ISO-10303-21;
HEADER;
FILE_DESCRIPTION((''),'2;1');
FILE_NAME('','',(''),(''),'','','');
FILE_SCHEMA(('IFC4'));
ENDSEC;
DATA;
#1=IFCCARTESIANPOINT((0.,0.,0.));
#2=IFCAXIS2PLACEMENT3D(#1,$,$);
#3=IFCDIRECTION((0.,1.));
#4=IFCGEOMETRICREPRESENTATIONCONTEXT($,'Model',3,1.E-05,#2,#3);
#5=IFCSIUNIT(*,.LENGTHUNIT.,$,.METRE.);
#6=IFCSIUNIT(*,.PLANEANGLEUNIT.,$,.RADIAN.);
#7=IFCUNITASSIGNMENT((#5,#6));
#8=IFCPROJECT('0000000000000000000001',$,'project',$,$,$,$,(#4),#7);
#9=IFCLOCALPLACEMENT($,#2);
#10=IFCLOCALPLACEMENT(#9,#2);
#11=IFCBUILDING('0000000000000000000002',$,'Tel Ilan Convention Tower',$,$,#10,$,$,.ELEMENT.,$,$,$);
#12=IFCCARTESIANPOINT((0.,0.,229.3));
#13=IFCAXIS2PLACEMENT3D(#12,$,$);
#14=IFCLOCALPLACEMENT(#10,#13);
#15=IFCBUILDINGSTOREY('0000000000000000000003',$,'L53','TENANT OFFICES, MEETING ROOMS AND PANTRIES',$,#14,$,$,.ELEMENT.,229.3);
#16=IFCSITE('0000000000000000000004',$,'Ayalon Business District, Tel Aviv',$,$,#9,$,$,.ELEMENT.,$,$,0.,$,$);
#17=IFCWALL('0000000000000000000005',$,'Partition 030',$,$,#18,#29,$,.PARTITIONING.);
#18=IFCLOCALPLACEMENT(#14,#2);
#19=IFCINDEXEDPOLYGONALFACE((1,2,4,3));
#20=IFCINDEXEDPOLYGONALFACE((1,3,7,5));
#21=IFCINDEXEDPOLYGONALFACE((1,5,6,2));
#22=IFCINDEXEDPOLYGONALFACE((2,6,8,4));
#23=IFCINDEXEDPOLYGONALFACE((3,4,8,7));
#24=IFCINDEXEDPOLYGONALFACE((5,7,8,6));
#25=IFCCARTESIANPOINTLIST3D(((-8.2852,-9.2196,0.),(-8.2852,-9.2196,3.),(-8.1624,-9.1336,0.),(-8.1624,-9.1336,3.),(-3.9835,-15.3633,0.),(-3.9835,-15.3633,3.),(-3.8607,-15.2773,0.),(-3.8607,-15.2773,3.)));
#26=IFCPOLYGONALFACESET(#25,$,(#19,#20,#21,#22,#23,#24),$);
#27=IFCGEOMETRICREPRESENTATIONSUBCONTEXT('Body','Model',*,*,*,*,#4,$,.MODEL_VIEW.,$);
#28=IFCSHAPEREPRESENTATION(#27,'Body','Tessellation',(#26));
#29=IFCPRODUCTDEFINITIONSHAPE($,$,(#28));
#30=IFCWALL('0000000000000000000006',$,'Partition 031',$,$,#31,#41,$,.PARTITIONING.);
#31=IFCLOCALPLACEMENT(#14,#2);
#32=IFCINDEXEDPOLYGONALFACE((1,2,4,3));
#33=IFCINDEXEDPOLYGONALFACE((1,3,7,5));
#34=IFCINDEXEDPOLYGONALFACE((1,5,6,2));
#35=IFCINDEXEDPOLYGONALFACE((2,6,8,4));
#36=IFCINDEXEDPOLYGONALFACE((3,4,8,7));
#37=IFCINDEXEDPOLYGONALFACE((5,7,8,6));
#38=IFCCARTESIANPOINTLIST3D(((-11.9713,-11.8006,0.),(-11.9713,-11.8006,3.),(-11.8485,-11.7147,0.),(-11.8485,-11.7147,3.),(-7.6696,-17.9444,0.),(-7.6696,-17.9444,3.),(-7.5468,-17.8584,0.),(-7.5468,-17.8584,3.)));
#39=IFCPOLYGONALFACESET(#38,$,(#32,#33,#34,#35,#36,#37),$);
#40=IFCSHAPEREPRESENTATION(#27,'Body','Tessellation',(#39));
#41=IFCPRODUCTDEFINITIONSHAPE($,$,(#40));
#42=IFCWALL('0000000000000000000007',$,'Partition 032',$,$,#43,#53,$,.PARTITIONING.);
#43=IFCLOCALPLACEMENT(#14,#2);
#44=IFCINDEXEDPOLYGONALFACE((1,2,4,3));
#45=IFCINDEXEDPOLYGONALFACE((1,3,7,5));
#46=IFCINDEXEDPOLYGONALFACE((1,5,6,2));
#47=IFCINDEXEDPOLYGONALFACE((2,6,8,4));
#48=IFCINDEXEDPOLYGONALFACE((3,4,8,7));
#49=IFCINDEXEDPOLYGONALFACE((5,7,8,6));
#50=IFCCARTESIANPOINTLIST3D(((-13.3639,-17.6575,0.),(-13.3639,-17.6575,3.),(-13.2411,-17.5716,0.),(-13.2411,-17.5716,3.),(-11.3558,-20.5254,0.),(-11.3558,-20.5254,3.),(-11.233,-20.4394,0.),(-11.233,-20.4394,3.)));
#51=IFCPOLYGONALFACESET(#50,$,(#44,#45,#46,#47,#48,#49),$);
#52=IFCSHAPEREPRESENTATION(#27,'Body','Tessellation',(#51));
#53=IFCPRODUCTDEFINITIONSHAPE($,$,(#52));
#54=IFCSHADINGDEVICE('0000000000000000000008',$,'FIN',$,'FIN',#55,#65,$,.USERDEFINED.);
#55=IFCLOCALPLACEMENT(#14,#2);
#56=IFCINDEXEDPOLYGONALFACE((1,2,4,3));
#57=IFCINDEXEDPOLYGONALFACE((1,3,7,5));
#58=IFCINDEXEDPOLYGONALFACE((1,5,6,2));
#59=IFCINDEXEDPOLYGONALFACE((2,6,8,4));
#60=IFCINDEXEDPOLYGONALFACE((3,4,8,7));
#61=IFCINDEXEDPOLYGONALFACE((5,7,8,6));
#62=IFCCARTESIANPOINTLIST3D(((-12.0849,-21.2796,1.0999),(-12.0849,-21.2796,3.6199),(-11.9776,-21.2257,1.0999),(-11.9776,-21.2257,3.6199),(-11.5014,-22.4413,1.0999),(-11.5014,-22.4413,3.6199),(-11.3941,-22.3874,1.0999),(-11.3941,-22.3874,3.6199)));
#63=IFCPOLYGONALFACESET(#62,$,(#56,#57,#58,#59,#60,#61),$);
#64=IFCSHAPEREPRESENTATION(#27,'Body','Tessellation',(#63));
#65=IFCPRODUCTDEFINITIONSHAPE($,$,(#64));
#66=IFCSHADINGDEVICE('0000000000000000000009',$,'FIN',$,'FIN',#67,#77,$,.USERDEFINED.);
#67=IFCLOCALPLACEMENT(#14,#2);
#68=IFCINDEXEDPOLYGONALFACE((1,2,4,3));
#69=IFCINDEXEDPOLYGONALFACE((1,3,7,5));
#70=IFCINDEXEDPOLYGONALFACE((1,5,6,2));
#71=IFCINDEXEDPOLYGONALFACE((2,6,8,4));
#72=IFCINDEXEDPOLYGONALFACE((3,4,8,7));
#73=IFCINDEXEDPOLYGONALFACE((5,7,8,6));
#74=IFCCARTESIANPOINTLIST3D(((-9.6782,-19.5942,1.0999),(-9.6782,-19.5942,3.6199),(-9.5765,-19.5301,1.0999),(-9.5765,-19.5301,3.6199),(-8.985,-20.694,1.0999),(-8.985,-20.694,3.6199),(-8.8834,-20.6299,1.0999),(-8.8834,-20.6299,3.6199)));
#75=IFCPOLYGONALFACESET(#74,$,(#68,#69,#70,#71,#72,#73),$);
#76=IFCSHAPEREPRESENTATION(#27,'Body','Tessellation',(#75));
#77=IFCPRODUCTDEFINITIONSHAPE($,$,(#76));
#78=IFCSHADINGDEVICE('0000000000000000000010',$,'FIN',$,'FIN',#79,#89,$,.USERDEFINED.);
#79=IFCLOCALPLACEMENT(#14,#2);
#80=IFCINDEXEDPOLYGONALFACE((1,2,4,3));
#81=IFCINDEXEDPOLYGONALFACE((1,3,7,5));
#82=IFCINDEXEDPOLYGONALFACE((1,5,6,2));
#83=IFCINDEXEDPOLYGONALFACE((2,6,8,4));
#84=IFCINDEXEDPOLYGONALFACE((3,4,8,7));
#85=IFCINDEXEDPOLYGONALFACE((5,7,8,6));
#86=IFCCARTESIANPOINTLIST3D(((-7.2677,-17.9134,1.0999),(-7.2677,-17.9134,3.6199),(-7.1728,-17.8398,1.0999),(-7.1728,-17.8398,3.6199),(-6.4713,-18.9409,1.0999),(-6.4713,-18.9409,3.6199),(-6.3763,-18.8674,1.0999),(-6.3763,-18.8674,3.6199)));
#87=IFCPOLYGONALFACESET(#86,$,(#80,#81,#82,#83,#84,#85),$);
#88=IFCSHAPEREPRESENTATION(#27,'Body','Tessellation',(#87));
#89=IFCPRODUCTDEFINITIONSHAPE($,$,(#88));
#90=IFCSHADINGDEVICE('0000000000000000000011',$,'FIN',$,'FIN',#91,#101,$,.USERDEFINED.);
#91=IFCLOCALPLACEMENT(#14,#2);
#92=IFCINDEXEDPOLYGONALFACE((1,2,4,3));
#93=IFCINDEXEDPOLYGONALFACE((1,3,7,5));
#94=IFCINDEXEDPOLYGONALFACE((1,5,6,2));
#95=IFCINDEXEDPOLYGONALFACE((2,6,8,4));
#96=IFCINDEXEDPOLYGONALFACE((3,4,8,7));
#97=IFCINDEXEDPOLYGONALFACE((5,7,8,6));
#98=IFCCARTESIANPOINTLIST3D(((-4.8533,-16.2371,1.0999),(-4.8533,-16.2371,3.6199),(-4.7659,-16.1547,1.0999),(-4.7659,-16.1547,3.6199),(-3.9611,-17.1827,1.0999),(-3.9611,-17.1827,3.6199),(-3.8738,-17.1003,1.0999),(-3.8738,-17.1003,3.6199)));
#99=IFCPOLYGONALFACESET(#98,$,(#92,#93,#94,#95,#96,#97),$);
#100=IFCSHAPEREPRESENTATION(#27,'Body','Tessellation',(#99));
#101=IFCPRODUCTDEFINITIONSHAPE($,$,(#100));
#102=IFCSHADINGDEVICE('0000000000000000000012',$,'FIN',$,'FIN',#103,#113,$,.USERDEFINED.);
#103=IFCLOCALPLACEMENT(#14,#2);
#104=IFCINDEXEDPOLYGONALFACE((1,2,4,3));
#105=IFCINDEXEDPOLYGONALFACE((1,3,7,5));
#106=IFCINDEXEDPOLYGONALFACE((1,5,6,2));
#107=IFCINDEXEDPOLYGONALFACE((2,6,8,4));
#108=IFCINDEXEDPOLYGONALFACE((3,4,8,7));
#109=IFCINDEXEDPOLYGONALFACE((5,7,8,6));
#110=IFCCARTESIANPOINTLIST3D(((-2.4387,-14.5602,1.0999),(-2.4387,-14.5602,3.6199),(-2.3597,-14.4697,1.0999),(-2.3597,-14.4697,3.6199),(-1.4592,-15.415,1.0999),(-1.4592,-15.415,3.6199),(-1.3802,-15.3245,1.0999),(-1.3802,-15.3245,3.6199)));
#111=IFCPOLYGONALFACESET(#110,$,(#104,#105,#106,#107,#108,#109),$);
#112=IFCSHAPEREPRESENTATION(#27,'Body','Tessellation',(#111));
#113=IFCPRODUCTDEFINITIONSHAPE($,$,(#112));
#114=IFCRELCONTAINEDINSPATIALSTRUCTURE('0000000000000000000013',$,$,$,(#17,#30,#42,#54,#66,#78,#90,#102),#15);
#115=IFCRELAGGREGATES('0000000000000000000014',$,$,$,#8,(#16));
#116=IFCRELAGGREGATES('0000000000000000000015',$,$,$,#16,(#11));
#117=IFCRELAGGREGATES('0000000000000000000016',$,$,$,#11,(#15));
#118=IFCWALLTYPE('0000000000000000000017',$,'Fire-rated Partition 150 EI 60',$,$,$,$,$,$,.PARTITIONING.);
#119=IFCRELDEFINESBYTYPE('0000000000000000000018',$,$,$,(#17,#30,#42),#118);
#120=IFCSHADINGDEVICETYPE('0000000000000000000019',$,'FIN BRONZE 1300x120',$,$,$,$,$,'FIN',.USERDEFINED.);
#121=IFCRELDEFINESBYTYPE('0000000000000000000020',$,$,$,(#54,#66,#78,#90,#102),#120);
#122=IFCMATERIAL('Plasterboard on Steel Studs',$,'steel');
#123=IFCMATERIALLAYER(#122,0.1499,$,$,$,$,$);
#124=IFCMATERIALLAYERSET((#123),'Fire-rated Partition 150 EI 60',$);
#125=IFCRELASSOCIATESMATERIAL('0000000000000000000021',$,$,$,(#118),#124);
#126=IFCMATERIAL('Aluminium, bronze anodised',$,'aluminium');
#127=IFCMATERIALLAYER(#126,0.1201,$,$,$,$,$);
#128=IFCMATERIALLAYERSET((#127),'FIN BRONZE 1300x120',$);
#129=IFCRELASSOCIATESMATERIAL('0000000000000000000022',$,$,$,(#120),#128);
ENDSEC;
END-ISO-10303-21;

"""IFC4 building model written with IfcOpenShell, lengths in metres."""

from ifc_helpers import new_model, si_unit, direction, frame, frame_2d, origin, origin_2d, place, context, subcontext, project, spatial, rectangle, extrude, material, layer, layer_set, type_object, element, save


model = new_model("IFC4")

# Units and contexts
model_context = context("Model", 3, precision=1e-05, world=origin(), true_north=direction((0.0, 1.0)))
body_context = subcontext(model_context, "Body", "Model", "MODEL_VIEW")
ifc_project = project(units=[si_unit("LENGTHUNIT", "METRE"), si_unit("PLANEANGLEUNIT", "RADIAN")], contexts=[model_context])

# Site, building, storey
site_placement = place(None, origin())
site = spatial("IfcSite", under=ifc_project, at=site_placement, Name="Ayalon Business District, Tel Aviv", CompositionType="ELEMENT", RefElevation=0.0)
building_placement = place(site_placement, origin())
building = spatial("IfcBuilding", under=site, at=building_placement, Name="Tel Ilan Convention Tower", CompositionType="ELEMENT")
storey_placement = place(building_placement, frame((0.0, 0.0, 229.3)))
storey = spatial("IfcBuildingStorey", under=building, at=storey_placement, Name="L53", Description="TENANT OFFICES, MEETING ROOMS AND PANTRIES", CompositionType="ELEMENT", Elevation=229.3)

# Walls
ifc_material_1 = material(Name="Plasterboard on Steel Studs", Category="steel")
ifc_layer_1 = layer(ifc_material_1, 0.1499)
ifc_layer_set_1 = layer_set([ifc_layer_1], Name="Fire-rated Partition 150 EI 60")
wall_type = type_object("IfcWallType", Name="Fire-rated Partition 150 EI 60", PredefinedType="PARTITIONING", material=ifc_layer_set_1)
for number, where, z_axis, x_axis, name in (
    (1, (-3.9221, -15.3203, 0.0), (0.0, 0.0, 1.0), (-0.573561, 0.819163, 0.0), "Partition 030"),
    (2, (-7.6082, -17.9014, 0.0), (0.0, 0.0, 1.0), (-0.573561, 0.819163, 0.0), "Partition 031"),
):
    element("IfcWall", number, at=place(storey_placement, frame(where, z_axis=z_axis, x_axis=x_axis)), inside=storey, type_object=wall_type, Name=name, PredefinedType="PARTITIONING", context=body_context, shape_type="SweptSolid", body=[
        extrude(rectangle(XDim=7.5, YDim=0.1499, at=frame_2d((3.75, 0.0))), origin(), (0.0, 0.0, 1.0), 3.0),
    ])
wall_placement = place(storey_placement, frame((-11.2944, -20.4824, 0.0), z_axis=(0.0, 0.0, 1.0), x_axis=(-0.573561, 0.819163, 0.0)))
element("IfcWall", 3, at=wall_placement, inside=storey, type_object=wall_type, Name="Partition 032", PredefinedType="PARTITIONING", context=body_context, shape_type="SweptSolid", body=[
    extrude(rectangle(XDim=3.501, YDim=0.1499, at=frame_2d((1.7505, 0.0))), origin(), (0.0, 0.0, 1.0), 3.0),
])

# Shading devices
ifc_material_2 = material(Name="Aluminium, bronze anodised", Category="aluminium")
ifc_layer_2 = layer(ifc_material_2, 0.1201)
ifc_layer_set_2 = layer_set([ifc_layer_2], Name="FIN BRONZE 1300x120")
shading_device_type = type_object("IfcShadingDeviceType", Name="FIN BRONZE 1300x120", ElementType="FIN", PredefinedType="USERDEFINED", material=ifc_layer_set_2)
for number, where, z_axis, x_axis, name in (
    (4, (-11.7395, -21.8335, 1.0999), (0.0, 0.0, 1.0), (0.448799, -0.893633, 0.0), "FIN"),
    (5, (-9.2808, -20.1121, 1.0999), (0.0, 0.0, 1.0), (0.533204, -0.845986, 0.0), "FIN"),
    (6, (-6.822, -18.3904, 1.0999), (0.0, 0.0, 1.0), (0.612601, -0.790393, 0.0), "FIN"),
    (7, (-4.3635, -16.6687, 1.0999), (0.0, 0.0, 1.0), (0.686242, -0.727374, 0.0), "FIN"),
    (8, (-1.9094, -14.9424, 1.0999), (0.0, 0.0, 1.0), (0.753436, -0.657521, 0.0), "FIN"),
):
    element("IfcShadingDevice", number, at=place(storey_placement, frame(where, z_axis=z_axis, x_axis=x_axis)), inside=storey, type_object=shading_device_type, Name=name, ObjectType="FIN", PredefinedType="USERDEFINED", context=body_context, shape_type="SweptSolid", body=[
        extrude(rectangle(XDim=1.3, YDim=0.1201, at=origin_2d()), origin(), (0.0, 0.0, 1.0), 2.52),
    ])

save(model, "model.ifc")
